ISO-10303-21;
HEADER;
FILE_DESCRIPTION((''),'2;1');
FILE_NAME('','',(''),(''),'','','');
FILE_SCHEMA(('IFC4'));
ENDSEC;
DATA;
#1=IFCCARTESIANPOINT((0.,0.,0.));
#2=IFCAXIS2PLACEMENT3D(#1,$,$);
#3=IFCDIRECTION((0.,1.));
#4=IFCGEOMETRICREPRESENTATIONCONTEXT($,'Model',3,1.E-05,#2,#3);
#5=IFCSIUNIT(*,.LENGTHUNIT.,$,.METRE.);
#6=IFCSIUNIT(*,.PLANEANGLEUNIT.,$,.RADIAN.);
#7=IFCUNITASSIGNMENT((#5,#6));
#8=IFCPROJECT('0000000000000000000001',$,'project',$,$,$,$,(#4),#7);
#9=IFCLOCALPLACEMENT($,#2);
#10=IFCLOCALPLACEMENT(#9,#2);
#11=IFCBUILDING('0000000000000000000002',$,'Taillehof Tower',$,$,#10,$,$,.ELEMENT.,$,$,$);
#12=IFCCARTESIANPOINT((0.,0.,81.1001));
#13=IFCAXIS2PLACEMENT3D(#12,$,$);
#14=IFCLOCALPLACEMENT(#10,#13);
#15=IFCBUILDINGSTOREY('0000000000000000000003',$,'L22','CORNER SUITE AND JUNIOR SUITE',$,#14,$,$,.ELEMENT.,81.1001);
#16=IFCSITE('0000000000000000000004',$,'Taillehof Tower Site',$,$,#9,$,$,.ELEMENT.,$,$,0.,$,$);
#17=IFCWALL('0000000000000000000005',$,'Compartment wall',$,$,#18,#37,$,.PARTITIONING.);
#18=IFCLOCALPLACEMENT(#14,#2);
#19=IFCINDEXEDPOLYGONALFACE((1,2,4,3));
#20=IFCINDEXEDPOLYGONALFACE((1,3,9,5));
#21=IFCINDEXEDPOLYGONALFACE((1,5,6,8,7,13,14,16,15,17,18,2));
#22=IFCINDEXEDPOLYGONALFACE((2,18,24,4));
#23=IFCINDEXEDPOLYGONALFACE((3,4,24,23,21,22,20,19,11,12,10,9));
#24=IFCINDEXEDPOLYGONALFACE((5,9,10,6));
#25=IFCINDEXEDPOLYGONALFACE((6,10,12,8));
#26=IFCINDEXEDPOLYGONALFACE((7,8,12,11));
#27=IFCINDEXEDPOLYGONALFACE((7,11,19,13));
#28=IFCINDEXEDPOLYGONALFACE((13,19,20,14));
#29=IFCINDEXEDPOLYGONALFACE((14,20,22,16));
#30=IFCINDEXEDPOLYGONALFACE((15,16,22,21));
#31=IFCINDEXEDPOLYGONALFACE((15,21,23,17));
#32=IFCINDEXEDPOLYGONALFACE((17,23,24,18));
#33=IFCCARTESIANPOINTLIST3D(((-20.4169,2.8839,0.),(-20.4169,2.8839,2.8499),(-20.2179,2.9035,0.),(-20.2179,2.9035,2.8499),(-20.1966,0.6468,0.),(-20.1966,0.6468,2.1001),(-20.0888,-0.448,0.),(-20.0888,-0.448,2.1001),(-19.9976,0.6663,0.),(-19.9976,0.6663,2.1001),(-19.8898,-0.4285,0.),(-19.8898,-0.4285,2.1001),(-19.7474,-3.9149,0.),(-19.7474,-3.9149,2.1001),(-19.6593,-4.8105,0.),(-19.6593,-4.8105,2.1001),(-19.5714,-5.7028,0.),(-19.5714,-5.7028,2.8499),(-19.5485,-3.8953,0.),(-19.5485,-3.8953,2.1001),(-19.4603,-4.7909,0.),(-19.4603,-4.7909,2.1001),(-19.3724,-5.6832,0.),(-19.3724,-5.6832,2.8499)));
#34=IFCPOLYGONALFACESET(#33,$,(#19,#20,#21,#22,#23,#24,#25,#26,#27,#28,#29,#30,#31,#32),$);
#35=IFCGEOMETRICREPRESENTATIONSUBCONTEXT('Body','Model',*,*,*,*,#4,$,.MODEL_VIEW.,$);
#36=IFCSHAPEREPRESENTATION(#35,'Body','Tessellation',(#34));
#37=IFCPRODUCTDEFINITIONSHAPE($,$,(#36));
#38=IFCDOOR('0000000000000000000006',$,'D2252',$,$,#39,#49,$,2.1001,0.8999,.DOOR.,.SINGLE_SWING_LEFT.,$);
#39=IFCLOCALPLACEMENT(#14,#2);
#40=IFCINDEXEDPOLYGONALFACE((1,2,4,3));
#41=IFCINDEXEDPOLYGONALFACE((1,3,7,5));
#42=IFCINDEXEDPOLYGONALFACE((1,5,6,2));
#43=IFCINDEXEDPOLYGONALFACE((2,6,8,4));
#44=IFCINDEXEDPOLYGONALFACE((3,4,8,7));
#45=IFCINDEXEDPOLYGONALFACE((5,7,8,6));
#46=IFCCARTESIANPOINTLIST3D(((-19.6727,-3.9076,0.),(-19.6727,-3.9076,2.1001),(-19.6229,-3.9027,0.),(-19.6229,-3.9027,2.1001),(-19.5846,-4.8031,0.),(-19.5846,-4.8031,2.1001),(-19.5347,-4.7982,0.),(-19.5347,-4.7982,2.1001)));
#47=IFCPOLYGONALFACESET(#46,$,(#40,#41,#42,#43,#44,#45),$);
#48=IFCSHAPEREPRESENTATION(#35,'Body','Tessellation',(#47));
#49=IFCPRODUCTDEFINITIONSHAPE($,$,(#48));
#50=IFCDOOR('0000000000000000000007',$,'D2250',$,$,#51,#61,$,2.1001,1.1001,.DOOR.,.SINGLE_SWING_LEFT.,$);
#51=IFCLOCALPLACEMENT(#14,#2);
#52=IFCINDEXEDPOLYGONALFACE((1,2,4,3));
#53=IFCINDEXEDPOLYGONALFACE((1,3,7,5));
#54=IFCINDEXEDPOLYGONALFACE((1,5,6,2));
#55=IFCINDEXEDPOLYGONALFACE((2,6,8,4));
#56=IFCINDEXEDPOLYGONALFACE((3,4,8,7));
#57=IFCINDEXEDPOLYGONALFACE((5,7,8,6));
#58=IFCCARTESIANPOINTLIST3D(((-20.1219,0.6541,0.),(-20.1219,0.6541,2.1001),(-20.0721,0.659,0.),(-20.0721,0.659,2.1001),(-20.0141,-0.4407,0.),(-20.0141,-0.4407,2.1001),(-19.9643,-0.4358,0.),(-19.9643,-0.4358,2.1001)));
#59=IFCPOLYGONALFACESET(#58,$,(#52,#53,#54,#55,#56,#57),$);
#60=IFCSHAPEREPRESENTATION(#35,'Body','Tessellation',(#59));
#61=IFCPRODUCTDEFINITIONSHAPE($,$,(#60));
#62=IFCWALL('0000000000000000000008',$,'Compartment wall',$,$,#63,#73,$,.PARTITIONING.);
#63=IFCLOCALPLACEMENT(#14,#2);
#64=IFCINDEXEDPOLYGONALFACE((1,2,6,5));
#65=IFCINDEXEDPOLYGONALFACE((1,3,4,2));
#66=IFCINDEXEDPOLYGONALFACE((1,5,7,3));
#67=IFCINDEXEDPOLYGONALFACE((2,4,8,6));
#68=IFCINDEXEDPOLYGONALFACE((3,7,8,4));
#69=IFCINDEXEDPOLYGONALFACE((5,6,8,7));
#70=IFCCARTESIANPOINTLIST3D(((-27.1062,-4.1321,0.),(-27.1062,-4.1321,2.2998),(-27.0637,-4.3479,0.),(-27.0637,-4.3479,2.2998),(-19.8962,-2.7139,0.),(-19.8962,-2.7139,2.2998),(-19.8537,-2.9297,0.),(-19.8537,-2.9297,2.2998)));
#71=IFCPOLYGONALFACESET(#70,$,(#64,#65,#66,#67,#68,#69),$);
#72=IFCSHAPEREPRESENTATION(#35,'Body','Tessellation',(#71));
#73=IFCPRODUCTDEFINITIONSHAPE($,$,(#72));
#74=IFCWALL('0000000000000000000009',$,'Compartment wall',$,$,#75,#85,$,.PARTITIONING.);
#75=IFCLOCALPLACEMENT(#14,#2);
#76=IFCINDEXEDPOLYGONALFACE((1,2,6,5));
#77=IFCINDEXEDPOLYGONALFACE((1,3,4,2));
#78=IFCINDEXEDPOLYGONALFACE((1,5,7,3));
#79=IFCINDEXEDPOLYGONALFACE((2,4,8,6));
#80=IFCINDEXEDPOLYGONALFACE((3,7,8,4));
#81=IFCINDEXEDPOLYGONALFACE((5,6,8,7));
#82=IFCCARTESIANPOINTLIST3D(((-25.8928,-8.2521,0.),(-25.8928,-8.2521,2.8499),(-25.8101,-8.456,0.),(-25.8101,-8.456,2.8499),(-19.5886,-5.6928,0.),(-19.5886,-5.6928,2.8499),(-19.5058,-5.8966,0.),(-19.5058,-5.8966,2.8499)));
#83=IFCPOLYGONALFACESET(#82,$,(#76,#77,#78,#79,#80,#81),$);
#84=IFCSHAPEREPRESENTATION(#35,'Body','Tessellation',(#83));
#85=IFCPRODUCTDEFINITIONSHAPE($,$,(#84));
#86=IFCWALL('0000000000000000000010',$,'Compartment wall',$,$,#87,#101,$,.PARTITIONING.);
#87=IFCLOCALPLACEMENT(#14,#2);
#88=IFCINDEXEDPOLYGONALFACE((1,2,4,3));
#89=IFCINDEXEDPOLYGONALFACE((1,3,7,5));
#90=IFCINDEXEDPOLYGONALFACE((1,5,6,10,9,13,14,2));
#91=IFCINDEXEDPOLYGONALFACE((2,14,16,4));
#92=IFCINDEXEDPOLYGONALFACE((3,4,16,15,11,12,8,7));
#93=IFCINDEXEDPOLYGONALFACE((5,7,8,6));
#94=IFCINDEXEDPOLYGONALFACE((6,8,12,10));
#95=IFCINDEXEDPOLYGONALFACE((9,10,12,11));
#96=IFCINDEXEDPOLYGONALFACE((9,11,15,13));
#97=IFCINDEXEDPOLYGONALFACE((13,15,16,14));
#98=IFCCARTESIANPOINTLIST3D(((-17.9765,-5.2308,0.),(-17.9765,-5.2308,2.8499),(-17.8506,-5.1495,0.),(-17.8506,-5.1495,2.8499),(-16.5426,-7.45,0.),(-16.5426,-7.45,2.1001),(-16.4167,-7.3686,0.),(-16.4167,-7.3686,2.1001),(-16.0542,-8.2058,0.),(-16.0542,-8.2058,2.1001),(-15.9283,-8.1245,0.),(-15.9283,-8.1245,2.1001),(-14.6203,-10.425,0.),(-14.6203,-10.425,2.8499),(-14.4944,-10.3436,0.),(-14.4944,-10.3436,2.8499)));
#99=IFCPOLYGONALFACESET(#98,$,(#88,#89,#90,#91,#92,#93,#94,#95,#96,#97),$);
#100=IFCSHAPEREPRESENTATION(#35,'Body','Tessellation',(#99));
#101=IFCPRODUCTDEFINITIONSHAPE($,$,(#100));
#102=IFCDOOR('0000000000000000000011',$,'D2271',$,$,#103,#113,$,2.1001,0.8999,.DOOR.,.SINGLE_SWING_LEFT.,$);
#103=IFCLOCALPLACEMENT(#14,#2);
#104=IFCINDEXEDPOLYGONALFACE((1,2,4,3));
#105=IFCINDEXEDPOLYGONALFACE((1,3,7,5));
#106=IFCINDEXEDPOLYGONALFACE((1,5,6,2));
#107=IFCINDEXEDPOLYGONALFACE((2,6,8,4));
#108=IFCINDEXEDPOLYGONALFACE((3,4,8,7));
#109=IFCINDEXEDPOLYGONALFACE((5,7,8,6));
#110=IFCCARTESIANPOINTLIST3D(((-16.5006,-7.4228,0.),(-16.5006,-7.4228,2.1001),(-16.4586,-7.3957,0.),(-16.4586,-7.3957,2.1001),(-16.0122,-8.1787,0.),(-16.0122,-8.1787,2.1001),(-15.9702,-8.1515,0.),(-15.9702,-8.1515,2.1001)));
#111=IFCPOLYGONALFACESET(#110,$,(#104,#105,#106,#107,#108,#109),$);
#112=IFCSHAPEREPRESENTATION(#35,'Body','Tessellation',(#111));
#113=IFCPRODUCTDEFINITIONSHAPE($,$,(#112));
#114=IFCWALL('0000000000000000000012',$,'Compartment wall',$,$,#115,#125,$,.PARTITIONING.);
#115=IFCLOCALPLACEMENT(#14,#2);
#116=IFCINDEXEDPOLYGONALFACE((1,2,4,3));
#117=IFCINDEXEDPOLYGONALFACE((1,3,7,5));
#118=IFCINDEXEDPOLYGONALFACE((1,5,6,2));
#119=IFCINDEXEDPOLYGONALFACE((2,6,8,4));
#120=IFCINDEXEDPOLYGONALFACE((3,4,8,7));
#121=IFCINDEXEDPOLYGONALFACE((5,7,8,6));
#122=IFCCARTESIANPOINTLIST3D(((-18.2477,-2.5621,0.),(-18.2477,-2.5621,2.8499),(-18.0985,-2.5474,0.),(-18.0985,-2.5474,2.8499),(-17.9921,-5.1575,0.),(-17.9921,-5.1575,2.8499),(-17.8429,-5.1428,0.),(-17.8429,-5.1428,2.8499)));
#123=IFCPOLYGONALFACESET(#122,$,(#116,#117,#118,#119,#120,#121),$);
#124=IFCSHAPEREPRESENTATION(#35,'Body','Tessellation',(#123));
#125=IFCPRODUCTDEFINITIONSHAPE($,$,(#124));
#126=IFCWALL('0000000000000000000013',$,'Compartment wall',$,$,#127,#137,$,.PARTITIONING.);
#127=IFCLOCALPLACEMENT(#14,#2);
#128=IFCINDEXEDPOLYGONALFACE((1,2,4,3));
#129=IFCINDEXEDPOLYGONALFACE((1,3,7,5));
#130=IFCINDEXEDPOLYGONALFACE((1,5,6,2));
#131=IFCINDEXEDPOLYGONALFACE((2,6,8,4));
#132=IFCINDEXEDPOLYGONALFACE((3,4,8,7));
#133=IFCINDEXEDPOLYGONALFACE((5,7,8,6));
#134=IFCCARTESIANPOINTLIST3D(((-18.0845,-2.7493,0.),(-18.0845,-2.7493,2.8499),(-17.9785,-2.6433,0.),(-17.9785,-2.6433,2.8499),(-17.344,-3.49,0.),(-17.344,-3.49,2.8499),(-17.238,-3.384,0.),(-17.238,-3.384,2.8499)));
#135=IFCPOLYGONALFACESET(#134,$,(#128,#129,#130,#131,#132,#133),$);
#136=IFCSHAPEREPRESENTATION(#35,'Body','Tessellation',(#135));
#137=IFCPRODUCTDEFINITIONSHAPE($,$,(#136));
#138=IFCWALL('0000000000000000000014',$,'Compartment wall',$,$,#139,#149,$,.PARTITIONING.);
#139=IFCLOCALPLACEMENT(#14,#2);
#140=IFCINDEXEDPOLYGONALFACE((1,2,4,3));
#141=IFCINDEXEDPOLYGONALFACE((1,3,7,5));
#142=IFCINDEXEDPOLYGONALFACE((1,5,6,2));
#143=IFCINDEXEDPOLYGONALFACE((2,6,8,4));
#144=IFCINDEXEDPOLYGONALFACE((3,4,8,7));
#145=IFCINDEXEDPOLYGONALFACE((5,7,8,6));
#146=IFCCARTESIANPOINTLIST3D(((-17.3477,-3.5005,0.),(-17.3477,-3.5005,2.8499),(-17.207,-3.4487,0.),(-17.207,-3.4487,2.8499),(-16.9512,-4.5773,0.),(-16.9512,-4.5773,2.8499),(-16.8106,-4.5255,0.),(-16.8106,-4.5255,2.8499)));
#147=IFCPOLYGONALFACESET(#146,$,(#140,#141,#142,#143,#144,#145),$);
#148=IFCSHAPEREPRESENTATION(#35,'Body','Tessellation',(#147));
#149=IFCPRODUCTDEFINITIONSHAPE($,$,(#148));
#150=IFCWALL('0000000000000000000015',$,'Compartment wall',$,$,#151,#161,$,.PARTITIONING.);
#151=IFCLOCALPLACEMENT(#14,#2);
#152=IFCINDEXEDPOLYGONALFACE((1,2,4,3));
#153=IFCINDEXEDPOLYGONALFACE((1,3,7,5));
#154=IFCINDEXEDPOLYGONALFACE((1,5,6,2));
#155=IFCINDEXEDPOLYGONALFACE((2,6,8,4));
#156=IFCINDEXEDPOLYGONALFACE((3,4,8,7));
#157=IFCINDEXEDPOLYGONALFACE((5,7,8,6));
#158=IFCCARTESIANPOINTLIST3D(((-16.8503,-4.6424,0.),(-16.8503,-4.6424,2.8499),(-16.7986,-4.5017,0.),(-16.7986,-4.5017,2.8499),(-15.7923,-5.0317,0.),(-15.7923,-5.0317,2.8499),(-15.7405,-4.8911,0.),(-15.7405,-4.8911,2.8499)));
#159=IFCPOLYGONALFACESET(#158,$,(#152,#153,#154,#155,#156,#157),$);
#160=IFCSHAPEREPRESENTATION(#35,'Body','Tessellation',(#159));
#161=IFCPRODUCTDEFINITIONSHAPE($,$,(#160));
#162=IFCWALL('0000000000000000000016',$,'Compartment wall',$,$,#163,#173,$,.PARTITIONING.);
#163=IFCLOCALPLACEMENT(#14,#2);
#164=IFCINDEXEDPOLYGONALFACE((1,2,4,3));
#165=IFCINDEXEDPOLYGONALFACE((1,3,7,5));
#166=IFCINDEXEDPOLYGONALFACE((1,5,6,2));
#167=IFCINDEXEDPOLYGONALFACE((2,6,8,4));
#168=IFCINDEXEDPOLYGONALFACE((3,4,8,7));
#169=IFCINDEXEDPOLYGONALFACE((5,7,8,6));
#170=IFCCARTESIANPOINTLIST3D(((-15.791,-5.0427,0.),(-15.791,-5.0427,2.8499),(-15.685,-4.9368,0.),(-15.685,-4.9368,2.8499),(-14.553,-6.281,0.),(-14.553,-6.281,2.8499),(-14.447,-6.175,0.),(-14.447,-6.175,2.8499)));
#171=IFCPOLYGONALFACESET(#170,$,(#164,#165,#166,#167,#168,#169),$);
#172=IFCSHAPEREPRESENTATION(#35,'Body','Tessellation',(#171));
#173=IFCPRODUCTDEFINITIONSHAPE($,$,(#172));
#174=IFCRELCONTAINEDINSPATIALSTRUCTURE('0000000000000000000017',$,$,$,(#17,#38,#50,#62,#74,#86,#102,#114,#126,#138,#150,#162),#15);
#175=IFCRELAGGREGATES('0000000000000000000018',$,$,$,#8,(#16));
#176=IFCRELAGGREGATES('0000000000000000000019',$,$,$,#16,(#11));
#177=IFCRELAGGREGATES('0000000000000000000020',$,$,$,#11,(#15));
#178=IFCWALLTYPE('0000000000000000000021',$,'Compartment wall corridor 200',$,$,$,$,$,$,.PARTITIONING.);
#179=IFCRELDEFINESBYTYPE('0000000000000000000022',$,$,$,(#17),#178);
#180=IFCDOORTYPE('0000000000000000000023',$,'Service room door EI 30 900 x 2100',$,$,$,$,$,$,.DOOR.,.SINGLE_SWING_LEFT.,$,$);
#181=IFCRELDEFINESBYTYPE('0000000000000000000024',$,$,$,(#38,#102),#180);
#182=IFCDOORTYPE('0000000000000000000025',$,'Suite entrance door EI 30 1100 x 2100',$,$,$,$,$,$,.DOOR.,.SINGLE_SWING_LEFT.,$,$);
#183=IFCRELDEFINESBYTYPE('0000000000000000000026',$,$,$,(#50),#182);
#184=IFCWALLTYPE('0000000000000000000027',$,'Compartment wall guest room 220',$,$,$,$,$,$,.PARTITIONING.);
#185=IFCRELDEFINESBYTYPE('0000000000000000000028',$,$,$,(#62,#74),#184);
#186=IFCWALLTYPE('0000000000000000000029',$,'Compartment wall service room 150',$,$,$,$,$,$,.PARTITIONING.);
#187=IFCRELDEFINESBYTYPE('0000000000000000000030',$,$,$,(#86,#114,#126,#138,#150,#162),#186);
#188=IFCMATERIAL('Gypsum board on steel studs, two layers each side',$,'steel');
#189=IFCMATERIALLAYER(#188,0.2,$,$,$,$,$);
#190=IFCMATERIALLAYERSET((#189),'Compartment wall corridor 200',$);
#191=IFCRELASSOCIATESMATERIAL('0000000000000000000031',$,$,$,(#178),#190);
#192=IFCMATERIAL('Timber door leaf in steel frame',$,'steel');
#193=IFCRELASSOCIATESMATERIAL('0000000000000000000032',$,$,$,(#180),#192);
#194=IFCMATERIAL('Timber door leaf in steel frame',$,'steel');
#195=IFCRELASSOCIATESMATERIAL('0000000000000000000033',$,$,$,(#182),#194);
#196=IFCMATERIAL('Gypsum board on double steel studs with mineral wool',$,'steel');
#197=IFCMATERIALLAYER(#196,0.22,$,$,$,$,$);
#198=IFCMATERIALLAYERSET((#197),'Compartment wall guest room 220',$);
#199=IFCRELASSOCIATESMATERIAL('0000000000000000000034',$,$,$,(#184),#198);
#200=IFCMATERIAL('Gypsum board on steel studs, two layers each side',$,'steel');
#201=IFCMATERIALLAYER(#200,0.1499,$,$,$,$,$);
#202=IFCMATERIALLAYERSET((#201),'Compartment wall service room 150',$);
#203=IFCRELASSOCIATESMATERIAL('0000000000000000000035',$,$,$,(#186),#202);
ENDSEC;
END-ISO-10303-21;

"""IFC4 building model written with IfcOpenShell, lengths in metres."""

from ifc_helpers import new_model, si_unit, direction, frame, frame_2d, origin, place, context, subcontext, project, spatial, rectangle, extrude, material, layer, layer_set, type_object, element, fill, save


model = new_model("IFC4")

# Units and contexts
model_context = context("Model", 3, precision=1e-05, world=origin(), true_north=direction((0.0, 1.0)))
body_context = subcontext(model_context, "Body", "Model", "MODEL_VIEW")
ifc_project = project(units=[si_unit("LENGTHUNIT", "METRE"), si_unit("PLANEANGLEUNIT", "RADIAN")], contexts=[model_context])

# Site, building, storey
site_placement = place(None, origin())
site = spatial("IfcSite", under=ifc_project, at=site_placement, Name="Taillehof Tower Site", CompositionType="ELEMENT", RefElevation=0.0)
building_placement = place(site_placement, origin())
building = spatial("IfcBuilding", under=site, at=building_placement, Name="Taillehof Tower", CompositionType="ELEMENT")
storey_placement = place(building_placement, frame((0.0, 0.0, 81.1001)))
storey = spatial("IfcBuildingStorey", under=building, at=storey_placement, Name="L22", Description="CORNER SUITE AND JUNIOR SUITE", CompositionType="ELEMENT", Elevation=81.1001)

# Wall, openings, doors
ifc_material_1 = material(Name="Gypsum board on steel studs, two layers each side", Category="steel")
ifc_layer_1 = layer(ifc_material_1, 0.2)
ifc_layer_set_1 = layer_set([ifc_layer_1], Name="Compartment wall corridor 200")
wall_type_1 = type_object("IfcWallType", Name="Compartment wall corridor 200", PredefinedType="PARTITIONING", material=ifc_layer_set_1)
wall_1_placement = place(storey_placement, frame((-19.4719, -5.6929, 0.0), z_axis=(0.0, 0.0, 1.0), x_axis=(-0.097988, 0.995188, 0.0)))
wall_1 = element("IfcWall", 1, at=wall_1_placement, inside=storey, type_object=wall_type_1, Name="Compartment wall", PredefinedType="PARTITIONING", context=body_context, shape_type="SweptSolid", body=[
    extrude(rectangle(XDim=8.6282, YDim=0.2, at=frame_2d((4.314, 0.0))), origin(), (0.0, 0.0, 1.0), 2.8499),
])
opening_1_placement = place(wall_1_placement, frame((5.28, 0.0, 0.0)))
opening_1 = element("IfcOpeningElement", 2, at=opening_1_placement, cuts=wall_1, PredefinedType="OPENING", context=body_context, shape_type="SweptSolid", body=[
    extrude(rectangle(XDim=1.1001, YDim=2.1001, at=frame_2d((0.55, 1.05))), frame((0.0, 0.1099, 0.0), z_axis=(0.0, -1.0, 0.0), x_axis=(1.0, 0.0, 0.0)), (0.0, 0.0, 1.0), 0.22),
])
opening_2_placement = place(wall_1_placement, frame((0.8965, 0.0, 0.0)))
opening_2 = element("IfcOpeningElement", 3, at=opening_2_placement, cuts=wall_1, PredefinedType="OPENING", context=body_context, shape_type="SweptSolid", body=[
    extrude(rectangle(XDim=0.8999, YDim=2.1001, at=frame_2d((0.45, 1.05))), frame((0.0, 0.1099, 0.0), z_axis=(0.0, -1.0, 0.0), x_axis=(1.0, 0.0, 0.0)), (0.0, 0.0, 1.0), 0.22),
])
ifc_material_2 = material(Name="Timber door leaf in steel frame", Category="steel")
door_type_1 = type_object("IfcDoorType", Name="Service room door EI 30 900 x 2100", OperationType="SINGLE_SWING_LEFT", PredefinedType="DOOR", material=ifc_material_2)
door_1_placement = place(opening_2_placement, origin())
door_1 = element("IfcDoor", 4, at=door_1_placement, inside=storey, type_object=door_type_1, Name="D2252", OperationType="SINGLE_SWING_LEFT", OverallHeight=2.1001, OverallWidth=0.8999, PredefinedType="DOOR", context=body_context, shape_type="SweptSolid", body=[
    extrude(rectangle(XDim=0.8999, YDim=2.1001, at=frame_2d((0.45, 1.05))), frame((0.0, 0.0249, 0.0), z_axis=(0.0, -1.0, 0.0), x_axis=(1.0, 0.0, 0.0)), (0.0, 0.0, 1.0), 0.05),
])
fill(opening_2, door_1)
ifc_material_3 = material(Name="Timber door leaf in steel frame", Category="steel")
door_type_2 = type_object("IfcDoorType", Name="Suite entrance door EI 30 1100 x 2100", OperationType="SINGLE_SWING_LEFT", PredefinedType="DOOR", material=ifc_material_3)
door_2_placement = place(opening_1_placement, origin())
door_2 = element("IfcDoor", 5, at=door_2_placement, inside=storey, type_object=door_type_2, Name="D2250", OperationType="SINGLE_SWING_LEFT", OverallHeight=2.1001, OverallWidth=1.1001, PredefinedType="DOOR", context=body_context, shape_type="SweptSolid", body=[
    extrude(rectangle(XDim=1.1001, YDim=2.1001, at=frame_2d((0.55, 1.05))), frame((0.0, 0.0249, 0.0), z_axis=(0.0, -1.0, 0.0), x_axis=(1.0, 0.0, 0.0)), (0.0, 0.0, 1.0), 0.05),
])
fill(opening_1, door_2)

# Walls
ifc_material_4 = material(Name="Gypsum board on double steel studs with mineral wool", Category="steel")
ifc_layer_2 = layer(ifc_material_4, 0.22)
ifc_layer_set_2 = layer_set([ifc_layer_2], Name="Compartment wall guest room 220")
wall_type_2 = type_object("IfcWallType", Name="Compartment wall guest room 220", PredefinedType="PARTITIONING", material=ifc_layer_set_2)
wall_2_placement = place(storey_placement, frame((-27.085, -4.24, 0.0), z_axis=(0.0, 0.0, 1.0), x_axis=(0.981198, 0.193004, 0.0)))
element("IfcWall", 6, at=wall_2_placement, inside=storey, type_object=wall_type_2, Name="Compartment wall", PredefinedType="PARTITIONING", context=body_context, shape_type="SweptSolid", body=[
    extrude(rectangle(XDim=7.3481, YDim=0.22, at=frame_2d((3.6741, 0.0))), origin(), (0.0, 0.0, 1.0), 2.2998),
])
wall_3_placement = place(storey_placement, frame((-25.8513, -8.354, 0.0), z_axis=(0.0, 0.0, 1.0), x_axis=(0.926556, 0.376156, 0.0)))
element("IfcWall", 7, at=wall_3_placement, inside=storey, type_object=wall_type_2, Name="Compartment wall", PredefinedType="PARTITIONING", context=body_context, shape_type="SweptSolid", body=[
    extrude(rectangle(XDim=6.804, YDim=0.22, at=frame_2d((3.4019, 0.0))), origin(), (0.0, 0.0, 1.0), 2.8499),
])

# Wall, opening, door
ifc_material_5 = material(Name="Gypsum board on steel studs, two layers each side", Category="steel")
ifc_layer_3 = layer(ifc_material_5, 0.1499)
ifc_layer_set_3 = layer_set([ifc_layer_3], Name="Compartment wall service room 150")
wall_type_3 = type_object("IfcWallType", Name="Compartment wall service room 150", PredefinedType="PARTITIONING", material=ifc_layer_set_3)
wall_4_placement = place(storey_placement, frame((-14.5574, -10.3843, 0.0), z_axis=(0.0, 0.0, 1.0), x_axis=(-0.542718, 0.839915, 0.0)))
wall_4 = element("IfcWall", 8, at=wall_4_placement, inside=storey, type_object=wall_type_3, Name="Compartment wall", PredefinedType="PARTITIONING", context=body_context, shape_type="SweptSolid", body=[
    extrude(rectangle(XDim=6.1841, YDim=0.1499, at=frame_2d((3.092, 0.0))), origin(), (0.0, 0.0, 1.0), 2.8499),
])
opening_3_placement = place(wall_4_placement, frame((2.6421, 0.0, 0.0)))
opening_3 = element("IfcOpeningElement", 9, at=opening_3_placement, cuts=wall_4, PredefinedType="OPENING", context=body_context, shape_type="SweptSolid", body=[
    extrude(rectangle(XDim=0.8999, YDim=2.1001, at=frame_2d((0.45, 1.05))), frame((0.0, 0.085, 0.0), z_axis=(0.0, -1.0, 0.0), x_axis=(1.0, 0.0, 0.0)), (0.0, 0.0, 1.0), 0.1699),
])
door_3_placement = place(opening_3_placement, origin())
door_3 = element("IfcDoor", 10, at=door_3_placement, inside=storey, type_object=door_type_1, Name="D2271", OperationType="SINGLE_SWING_LEFT", OverallHeight=2.1001, OverallWidth=0.8999, PredefinedType="DOOR", context=body_context, shape_type="SweptSolid", body=[
    extrude(rectangle(XDim=0.8999, YDim=2.1001, at=frame_2d((0.45, 1.05))), frame((0.0, 0.0249, 0.0), z_axis=(0.0, -1.0, 0.0), x_axis=(1.0, 0.0, 0.0)), (0.0, 0.0, 1.0), 0.05),
])
fill(opening_3, door_3)

# Walls
wall_5_placement = place(storey_placement, frame((-17.9175, -5.1501, 0.0), z_axis=(0.0, 0.0, 1.0), x_axis=(-0.098011, 0.995185, 0.0)))
element("IfcWall", 11, at=wall_5_placement, inside=storey, type_object=wall_type_3, Name="Compartment wall", PredefinedType="PARTITIONING", context=body_context, shape_type="SweptSolid", body=[
    extrude(rectangle(XDim=2.6079, YDim=0.1499, at=frame_2d((1.304, 0.0))), origin(), (0.0, 0.0, 1.0), 2.8499),
])
wall_6_placement = place(storey_placement, frame((-18.0315, -2.6963, 0.0), z_axis=(0.0, 0.0, 1.0), x_axis=(0.70699, -0.707223, 0.0)))
element("IfcWall", 12, at=wall_6_placement, inside=storey, type_object=wall_type_3, Name="Compartment wall", PredefinedType="PARTITIONING", context=body_context, shape_type="SweptSolid", body=[
    extrude(rectangle(XDim=1.0474, YDim=0.1499, at=frame_2d((0.5237, 0.0))), origin(), (0.0, 0.0, 1.0), 2.8499),
])
wall_7_placement = place(storey_placement, frame((-17.2773, -3.4746, 0.0), z_axis=(0.0, 0.0, 1.0), x_axis=(0.345498, -0.938419, 0.0)))
element("IfcWall", 13, at=wall_7_placement, inside=storey, type_object=wall_type_3, Name="Compartment wall", PredefinedType="PARTITIONING", context=body_context, shape_type="SweptSolid", body=[
    extrude(rectangle(XDim=1.1475, YDim=0.1499, at=frame_2d((0.5737, 0.0))), origin(), (0.0, 0.0, 1.0), 2.8499),
])
wall_8_placement = place(storey_placement, frame((-16.8245, -4.572, 0.0), z_axis=(0.0, 0.0, 1.0), x_axis=(0.938465, -0.345374, 0.0)))
element("IfcWall", 14, at=wall_8_placement, inside=storey, type_object=wall_type_3, Name="Compartment wall", PredefinedType="PARTITIONING", context=body_context, shape_type="SweptSolid", body=[
    extrude(rectangle(XDim=1.1274, YDim=0.1499, at=frame_2d((0.5637, 0.0))), origin(), (0.0, 0.0, 1.0), 2.8499),
])
wall_9_placement = place(storey_placement, frame((-15.738, -4.9897, 0.0), z_axis=(0.0, 0.0, 1.0), x_axis=(0.707037, -0.707176, 0.0)))
element("IfcWall", 15, at=wall_9_placement, inside=storey, type_object=wall_type_3, Name="Compartment wall", PredefinedType="PARTITIONING", context=body_context, shape_type="SweptSolid", body=[
    extrude(rectangle(XDim=1.751, YDim=0.1499, at=frame_2d((0.8755, 0.0))), origin(), (0.0, 0.0, 1.0), 2.8499),
])

save(model, "model.ifc")
